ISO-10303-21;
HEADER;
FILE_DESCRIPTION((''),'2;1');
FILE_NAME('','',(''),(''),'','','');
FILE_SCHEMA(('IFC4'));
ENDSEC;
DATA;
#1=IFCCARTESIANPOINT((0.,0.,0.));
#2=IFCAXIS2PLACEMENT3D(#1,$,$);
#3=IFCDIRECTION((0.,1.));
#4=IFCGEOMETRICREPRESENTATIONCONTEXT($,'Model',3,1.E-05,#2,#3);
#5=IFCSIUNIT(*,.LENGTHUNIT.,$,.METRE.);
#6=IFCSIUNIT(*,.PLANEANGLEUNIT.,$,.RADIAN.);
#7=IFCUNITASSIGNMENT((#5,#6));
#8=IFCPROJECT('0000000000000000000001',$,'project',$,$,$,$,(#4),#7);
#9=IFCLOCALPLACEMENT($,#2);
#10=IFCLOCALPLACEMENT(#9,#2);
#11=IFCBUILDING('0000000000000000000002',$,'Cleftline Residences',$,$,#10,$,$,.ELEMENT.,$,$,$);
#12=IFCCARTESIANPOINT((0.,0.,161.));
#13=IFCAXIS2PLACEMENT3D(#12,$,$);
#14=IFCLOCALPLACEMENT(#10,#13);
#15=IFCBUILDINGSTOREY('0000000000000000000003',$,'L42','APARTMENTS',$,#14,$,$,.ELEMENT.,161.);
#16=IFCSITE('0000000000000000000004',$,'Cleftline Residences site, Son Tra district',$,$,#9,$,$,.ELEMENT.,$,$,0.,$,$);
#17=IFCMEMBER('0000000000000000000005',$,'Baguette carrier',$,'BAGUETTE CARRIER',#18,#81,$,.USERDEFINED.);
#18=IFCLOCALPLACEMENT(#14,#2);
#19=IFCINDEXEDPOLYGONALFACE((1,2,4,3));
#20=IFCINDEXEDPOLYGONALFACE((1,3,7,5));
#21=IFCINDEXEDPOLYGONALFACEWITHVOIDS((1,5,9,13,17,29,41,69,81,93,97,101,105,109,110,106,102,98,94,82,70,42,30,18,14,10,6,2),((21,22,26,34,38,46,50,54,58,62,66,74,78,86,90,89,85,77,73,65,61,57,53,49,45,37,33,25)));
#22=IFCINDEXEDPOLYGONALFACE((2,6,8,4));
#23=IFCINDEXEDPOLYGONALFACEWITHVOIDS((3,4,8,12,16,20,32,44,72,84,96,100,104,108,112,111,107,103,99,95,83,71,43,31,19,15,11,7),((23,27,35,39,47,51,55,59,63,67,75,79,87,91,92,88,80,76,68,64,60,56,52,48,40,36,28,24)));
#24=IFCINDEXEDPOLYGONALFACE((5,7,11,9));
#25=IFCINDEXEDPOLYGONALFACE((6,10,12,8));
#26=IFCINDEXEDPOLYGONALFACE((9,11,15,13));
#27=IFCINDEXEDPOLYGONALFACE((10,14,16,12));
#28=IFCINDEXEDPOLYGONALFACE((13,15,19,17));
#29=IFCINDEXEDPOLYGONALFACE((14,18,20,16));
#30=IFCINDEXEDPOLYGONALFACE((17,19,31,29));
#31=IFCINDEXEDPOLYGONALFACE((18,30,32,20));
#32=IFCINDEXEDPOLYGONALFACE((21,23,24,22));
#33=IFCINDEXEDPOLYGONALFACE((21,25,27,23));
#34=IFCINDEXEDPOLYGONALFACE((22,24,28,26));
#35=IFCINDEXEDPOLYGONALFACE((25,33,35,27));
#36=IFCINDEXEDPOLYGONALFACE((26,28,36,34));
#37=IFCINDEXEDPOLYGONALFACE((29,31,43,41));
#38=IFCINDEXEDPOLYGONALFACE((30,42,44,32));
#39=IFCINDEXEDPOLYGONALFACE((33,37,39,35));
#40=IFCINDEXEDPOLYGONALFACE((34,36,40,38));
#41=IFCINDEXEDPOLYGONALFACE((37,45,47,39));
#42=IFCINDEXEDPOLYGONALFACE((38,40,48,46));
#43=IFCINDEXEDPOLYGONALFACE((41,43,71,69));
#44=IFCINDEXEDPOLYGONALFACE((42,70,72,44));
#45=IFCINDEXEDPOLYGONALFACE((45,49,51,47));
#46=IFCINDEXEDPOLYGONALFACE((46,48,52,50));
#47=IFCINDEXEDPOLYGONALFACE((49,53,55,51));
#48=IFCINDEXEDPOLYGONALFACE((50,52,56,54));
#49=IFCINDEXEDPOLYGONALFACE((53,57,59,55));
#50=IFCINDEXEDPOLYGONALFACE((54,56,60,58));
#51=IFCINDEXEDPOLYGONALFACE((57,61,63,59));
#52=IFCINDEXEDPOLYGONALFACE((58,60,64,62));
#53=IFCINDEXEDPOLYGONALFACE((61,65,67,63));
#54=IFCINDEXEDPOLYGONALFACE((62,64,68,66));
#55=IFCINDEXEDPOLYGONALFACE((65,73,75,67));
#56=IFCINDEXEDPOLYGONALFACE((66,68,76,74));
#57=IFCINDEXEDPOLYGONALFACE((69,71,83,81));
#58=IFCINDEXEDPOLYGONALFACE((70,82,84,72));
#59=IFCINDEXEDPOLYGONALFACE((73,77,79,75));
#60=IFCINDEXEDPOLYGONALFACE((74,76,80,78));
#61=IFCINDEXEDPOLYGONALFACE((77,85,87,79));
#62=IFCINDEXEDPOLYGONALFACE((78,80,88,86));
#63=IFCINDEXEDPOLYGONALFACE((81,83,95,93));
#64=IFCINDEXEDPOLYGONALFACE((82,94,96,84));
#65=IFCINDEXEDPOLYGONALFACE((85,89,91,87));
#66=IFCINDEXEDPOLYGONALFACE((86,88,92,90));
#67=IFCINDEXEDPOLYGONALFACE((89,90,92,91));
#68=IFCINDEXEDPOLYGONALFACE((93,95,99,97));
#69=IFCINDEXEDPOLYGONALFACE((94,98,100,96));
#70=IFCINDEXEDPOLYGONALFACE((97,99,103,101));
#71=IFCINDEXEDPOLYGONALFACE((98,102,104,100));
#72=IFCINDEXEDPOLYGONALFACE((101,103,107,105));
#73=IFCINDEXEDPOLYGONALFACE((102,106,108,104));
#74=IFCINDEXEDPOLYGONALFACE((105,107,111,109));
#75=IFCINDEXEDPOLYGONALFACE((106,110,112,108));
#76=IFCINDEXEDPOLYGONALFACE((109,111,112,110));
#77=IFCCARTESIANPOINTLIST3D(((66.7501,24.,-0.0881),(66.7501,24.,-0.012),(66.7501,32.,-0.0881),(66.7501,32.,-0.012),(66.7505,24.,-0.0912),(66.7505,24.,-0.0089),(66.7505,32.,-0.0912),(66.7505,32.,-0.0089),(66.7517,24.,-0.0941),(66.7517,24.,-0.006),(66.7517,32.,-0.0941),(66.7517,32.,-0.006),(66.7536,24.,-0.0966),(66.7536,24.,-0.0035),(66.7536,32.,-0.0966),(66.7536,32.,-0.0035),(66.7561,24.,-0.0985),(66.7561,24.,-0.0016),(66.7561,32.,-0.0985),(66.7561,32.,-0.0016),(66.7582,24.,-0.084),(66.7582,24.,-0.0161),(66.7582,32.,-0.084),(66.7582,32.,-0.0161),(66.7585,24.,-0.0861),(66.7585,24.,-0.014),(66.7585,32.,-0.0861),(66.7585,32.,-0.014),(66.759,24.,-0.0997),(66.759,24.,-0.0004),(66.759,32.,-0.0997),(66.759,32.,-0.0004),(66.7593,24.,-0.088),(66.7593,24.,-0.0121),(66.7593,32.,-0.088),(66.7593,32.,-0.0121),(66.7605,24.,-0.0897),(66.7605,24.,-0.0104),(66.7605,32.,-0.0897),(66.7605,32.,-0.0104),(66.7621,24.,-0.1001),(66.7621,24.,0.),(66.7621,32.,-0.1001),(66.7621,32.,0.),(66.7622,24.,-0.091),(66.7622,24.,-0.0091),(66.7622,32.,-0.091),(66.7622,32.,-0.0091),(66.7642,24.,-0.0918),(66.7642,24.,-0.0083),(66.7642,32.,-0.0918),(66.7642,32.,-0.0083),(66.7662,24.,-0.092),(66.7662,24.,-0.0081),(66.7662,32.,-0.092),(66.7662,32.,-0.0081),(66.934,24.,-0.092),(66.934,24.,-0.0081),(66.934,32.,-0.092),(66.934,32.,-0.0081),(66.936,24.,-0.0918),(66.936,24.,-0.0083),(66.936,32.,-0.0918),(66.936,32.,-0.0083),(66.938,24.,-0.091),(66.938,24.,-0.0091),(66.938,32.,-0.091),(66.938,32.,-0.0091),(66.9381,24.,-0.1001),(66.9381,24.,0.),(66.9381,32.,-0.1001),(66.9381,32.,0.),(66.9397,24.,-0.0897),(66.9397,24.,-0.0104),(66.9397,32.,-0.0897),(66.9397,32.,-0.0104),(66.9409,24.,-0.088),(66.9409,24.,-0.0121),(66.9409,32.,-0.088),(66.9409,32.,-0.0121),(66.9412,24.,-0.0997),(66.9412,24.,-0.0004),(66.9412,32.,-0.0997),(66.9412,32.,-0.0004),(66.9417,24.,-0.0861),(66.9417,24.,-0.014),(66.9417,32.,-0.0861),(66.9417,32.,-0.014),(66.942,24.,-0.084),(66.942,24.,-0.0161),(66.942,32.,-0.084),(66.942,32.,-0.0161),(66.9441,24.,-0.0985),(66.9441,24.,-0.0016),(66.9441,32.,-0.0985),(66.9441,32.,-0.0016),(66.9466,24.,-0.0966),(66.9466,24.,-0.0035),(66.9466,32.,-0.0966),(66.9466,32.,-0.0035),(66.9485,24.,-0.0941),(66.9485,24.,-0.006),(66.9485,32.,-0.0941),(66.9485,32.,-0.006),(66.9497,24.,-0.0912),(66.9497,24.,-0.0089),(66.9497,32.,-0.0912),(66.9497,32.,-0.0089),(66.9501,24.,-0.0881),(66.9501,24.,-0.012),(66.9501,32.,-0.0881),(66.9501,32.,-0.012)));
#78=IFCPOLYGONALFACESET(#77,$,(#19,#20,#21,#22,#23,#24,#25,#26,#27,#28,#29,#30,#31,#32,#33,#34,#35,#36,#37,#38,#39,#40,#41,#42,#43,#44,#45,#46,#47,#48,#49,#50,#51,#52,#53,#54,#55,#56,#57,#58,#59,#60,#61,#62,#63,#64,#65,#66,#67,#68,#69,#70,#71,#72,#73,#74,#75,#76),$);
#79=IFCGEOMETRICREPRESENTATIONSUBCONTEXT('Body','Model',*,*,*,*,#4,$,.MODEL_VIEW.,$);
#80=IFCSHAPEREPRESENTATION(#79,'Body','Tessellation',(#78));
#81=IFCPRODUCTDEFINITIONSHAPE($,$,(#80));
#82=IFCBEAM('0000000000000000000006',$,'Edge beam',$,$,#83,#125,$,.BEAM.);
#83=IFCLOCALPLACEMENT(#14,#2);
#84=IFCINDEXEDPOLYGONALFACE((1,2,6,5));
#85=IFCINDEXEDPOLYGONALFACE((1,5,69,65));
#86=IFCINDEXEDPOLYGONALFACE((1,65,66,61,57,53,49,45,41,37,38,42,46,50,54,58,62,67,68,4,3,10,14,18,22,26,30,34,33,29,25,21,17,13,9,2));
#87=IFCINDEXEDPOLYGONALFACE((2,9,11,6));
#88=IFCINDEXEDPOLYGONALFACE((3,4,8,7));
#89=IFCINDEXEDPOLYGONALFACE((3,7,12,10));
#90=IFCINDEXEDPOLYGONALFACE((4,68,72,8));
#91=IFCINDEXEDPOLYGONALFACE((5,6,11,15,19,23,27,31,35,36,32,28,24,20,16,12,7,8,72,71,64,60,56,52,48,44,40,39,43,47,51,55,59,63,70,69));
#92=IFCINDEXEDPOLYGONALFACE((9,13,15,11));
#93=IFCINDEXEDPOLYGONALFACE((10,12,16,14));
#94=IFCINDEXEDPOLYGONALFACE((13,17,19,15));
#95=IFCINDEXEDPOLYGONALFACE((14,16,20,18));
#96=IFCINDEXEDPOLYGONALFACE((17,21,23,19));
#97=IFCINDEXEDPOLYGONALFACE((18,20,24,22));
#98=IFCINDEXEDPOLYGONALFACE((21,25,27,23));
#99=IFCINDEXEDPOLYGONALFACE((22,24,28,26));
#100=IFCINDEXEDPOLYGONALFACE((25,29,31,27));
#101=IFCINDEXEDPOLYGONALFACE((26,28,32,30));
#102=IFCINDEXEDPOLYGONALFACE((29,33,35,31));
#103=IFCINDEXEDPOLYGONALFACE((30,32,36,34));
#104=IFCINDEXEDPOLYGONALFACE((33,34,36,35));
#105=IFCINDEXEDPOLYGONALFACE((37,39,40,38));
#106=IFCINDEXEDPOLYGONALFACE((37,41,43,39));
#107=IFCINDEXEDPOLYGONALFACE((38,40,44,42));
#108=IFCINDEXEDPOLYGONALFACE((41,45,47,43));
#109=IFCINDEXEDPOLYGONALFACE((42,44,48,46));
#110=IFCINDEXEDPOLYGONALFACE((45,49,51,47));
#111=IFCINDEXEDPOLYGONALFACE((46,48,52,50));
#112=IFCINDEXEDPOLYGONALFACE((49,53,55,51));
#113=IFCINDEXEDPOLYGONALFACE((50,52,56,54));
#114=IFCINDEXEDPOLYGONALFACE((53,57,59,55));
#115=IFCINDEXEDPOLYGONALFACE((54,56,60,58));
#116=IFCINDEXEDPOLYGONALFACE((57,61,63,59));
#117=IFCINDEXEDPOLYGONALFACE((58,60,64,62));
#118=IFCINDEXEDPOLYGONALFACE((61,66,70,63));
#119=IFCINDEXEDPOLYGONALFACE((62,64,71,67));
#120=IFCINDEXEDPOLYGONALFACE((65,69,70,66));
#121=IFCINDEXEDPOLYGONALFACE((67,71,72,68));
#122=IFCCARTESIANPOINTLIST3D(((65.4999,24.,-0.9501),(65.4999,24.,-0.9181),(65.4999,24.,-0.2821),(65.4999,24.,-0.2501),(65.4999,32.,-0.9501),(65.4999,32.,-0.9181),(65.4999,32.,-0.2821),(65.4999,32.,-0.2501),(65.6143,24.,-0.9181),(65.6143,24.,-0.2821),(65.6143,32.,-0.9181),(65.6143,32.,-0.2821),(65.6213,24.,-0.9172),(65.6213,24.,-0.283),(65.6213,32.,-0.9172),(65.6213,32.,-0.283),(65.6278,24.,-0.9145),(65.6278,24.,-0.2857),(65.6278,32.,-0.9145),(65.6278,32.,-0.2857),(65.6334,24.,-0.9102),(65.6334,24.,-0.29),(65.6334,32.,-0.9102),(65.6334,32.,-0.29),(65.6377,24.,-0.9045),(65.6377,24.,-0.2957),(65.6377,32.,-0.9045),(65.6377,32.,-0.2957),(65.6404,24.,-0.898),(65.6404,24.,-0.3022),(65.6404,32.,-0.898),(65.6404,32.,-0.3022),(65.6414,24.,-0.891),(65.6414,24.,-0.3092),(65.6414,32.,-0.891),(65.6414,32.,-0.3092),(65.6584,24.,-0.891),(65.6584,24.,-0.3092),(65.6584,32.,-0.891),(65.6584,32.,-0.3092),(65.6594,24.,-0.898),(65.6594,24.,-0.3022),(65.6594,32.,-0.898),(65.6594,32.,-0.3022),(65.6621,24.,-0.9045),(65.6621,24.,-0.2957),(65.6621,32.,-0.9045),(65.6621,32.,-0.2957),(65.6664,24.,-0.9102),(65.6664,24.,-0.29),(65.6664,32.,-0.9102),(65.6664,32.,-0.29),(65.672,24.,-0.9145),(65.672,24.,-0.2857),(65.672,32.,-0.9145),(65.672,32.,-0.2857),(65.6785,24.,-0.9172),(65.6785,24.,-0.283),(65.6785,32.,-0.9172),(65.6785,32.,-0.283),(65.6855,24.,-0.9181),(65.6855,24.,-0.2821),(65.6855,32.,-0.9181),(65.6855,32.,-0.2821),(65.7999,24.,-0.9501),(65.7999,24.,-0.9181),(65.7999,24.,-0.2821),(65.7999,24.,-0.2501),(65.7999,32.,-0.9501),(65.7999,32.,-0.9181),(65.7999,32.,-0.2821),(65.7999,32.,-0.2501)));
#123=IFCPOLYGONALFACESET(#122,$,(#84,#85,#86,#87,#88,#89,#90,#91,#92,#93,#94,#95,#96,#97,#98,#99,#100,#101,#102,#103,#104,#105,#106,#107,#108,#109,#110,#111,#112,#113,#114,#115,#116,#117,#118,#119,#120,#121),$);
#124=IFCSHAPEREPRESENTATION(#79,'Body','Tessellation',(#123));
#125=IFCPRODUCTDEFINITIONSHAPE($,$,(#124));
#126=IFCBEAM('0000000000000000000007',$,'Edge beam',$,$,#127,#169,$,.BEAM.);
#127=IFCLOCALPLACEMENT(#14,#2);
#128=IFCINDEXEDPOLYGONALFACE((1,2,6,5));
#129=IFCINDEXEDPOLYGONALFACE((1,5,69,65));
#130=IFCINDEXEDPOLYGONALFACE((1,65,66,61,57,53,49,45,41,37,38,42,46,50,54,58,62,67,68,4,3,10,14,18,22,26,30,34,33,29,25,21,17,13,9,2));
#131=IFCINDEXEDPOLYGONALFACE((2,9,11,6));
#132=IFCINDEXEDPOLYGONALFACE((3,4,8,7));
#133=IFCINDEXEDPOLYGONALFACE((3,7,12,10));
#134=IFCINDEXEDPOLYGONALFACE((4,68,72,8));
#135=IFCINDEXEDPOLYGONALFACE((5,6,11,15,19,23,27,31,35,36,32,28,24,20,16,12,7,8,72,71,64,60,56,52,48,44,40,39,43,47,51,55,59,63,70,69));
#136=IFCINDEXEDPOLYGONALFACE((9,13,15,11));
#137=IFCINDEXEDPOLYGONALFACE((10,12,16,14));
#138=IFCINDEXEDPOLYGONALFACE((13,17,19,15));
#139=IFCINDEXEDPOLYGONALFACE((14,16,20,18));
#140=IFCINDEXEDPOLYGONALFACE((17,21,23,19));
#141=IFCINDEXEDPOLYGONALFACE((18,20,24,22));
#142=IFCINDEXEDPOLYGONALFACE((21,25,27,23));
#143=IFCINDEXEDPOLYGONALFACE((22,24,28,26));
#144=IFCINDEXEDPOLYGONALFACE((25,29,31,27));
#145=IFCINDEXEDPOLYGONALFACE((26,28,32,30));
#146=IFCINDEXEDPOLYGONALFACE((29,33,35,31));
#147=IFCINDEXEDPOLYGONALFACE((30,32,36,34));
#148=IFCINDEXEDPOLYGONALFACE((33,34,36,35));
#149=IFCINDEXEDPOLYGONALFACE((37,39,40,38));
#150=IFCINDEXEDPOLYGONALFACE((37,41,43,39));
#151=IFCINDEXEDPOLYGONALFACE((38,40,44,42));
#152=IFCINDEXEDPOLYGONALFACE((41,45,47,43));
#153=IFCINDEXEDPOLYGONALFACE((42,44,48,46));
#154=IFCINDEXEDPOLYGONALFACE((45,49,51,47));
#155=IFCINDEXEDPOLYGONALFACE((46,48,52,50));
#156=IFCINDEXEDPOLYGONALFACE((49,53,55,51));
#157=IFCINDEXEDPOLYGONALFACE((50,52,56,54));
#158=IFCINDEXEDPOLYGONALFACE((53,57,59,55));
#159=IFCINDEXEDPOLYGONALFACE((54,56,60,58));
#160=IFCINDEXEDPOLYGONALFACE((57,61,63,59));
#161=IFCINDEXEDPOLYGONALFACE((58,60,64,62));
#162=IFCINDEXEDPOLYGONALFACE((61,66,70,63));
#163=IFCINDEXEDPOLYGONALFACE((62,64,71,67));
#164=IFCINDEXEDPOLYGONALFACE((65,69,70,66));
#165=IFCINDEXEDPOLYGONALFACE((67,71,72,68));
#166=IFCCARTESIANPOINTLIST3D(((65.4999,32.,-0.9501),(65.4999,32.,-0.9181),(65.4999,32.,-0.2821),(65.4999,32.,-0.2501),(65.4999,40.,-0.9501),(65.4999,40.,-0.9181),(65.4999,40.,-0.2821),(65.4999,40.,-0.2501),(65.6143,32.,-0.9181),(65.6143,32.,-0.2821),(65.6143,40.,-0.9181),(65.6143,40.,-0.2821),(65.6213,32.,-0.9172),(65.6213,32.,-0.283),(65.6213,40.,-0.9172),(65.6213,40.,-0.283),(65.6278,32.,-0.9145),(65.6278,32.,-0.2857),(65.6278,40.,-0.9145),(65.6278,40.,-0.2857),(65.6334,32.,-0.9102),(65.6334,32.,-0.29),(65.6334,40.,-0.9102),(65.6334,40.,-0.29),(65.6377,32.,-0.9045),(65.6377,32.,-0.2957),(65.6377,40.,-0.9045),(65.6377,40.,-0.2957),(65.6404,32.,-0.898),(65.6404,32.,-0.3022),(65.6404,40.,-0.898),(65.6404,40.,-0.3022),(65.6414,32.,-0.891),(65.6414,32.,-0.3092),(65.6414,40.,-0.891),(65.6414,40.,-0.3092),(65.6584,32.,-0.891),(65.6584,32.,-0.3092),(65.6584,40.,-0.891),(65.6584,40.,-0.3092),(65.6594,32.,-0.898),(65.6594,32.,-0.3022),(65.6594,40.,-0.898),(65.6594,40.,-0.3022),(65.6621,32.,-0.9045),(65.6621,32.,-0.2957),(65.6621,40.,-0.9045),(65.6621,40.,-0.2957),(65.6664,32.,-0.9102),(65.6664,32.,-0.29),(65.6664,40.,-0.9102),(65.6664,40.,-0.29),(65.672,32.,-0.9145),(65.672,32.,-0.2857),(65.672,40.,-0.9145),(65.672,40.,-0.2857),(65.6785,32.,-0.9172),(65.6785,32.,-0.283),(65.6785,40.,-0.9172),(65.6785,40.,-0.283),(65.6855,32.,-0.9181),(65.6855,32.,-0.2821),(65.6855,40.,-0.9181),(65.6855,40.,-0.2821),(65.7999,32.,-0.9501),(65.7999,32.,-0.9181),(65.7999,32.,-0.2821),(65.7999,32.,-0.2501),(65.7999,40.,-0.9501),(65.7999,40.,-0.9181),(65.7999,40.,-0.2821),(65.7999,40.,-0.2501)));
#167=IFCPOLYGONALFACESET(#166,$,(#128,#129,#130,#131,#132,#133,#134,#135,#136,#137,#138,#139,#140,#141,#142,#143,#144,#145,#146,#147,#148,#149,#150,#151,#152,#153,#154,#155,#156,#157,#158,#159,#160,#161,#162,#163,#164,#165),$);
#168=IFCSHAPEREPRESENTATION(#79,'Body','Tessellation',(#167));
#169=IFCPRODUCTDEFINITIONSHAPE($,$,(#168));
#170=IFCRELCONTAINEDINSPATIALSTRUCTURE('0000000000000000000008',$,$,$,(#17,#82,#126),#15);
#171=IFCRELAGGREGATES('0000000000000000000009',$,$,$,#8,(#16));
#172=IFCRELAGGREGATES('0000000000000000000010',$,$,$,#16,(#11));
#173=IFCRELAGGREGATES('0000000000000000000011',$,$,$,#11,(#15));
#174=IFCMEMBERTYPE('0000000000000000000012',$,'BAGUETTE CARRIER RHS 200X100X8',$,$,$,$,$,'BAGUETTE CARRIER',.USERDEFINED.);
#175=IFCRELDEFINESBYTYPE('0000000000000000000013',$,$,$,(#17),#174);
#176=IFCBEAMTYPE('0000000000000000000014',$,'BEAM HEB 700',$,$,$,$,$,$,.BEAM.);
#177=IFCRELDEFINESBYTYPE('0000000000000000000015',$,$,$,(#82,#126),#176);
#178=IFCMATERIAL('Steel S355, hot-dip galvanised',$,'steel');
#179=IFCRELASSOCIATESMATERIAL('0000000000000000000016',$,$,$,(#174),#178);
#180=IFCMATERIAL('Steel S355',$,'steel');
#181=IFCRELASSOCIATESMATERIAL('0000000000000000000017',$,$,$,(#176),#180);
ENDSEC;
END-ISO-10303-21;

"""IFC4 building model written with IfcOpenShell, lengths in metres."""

from ifc_helpers import new_model, si_unit, direction, frame, origin, origin_2d, place, context, subcontext, project, spatial, hollow_rectangle, i_section, extrude, material, material_profile, profile_set, type_object, element, save


model = new_model("IFC4")

# Units and contexts
model_context = context("Model", 3, precision=1e-05, world=origin(), true_north=direction((0.0, 1.0)))
body_context = subcontext(model_context, "Body", "Model", "MODEL_VIEW")
ifc_project = project(units=[si_unit("LENGTHUNIT", "METRE"), si_unit("PLANEANGLEUNIT", "RADIAN")], contexts=[model_context])

# Site, building, storey
site_placement = place(None, origin())
site = spatial("IfcSite", under=ifc_project, at=site_placement, Name="Cleftline Residences site, Son Tra district", CompositionType="ELEMENT", RefElevation=0.0)
building_placement = place(site_placement, origin())
building = spatial("IfcBuilding", under=site, at=building_placement, Name="Cleftline Residences", CompositionType="ELEMENT")
storey_placement = place(building_placement, frame((0.0, 0.0, 161.0)))
storey = spatial("IfcBuildingStorey", under=building, at=storey_placement, Name="L42", Description="APARTMENTS", CompositionType="ELEMENT", Elevation=161.0)

# Member
ifc_material_1 = material(Name="Steel S355, hot-dip galvanised", Category="steel")
ifc_material_profile_1 = material_profile(ifc_material_1, hollow_rectangle(XDim=0.1001, YDim=0.2, WallThickness=0.0081, InnerFilletRadius=0.0081, OuterFilletRadius=0.012, at=origin_2d()))
ifc_profile_set_1 = profile_set([ifc_material_profile_1], Name="Steel S355, hot-dip galvanised")
member_type_1 = type_object("IfcMemberType", Name="BAGUETTE CARRIER RHS 200X100X8", ElementType="BAGUETTE CARRIER", PredefinedType="USERDEFINED", material=ifc_profile_set_1)
member_placement = place(storey_placement, frame((66.8501, 24.0, -0.05), z_axis=(0.0, 1.0, 0.0), x_axis=(0.0, 0.0, 1.0)))
element("IfcMember", 1, at=member_placement, inside=storey, type_object=member_type_1, Name="Baguette carrier", ObjectType="BAGUETTE CARRIER", PredefinedType="USERDEFINED", context=body_context, shape_type="SweptSolid", body=[
    extrude(hollow_rectangle(XDim=0.1001, YDim=0.2, WallThickness=0.0081, InnerFilletRadius=0.0081, OuterFilletRadius=0.012, at=origin_2d()), origin(), (0.0, 0.0, 1.0), 8.0),
])

# Beams
ifc_material_2 = material(Name="Steel S355", Category="steel")
ifc_material_profile_2 = material_profile(ifc_material_2, i_section(OverallWidth=0.3, OverallDepth=0.7, WebThickness=0.0171, FlangeThickness=0.032, FilletRadius=0.0271, at=origin_2d()))
ifc_profile_set_2 = profile_set([ifc_material_profile_2], Name="Steel S355")
beam_type_1 = type_object("IfcBeamType", Name="BEAM HEB 700", PredefinedType="BEAM", material=ifc_profile_set_2)
for number, where, z_axis, x_axis, name in (
    (2, (65.6499, 24.0, -0.6001), (0.0, 1.0, 0.0), (-1.0, 0.0, 0.0), "Edge beam"),
    (3, (65.6499, 32.0, -0.6001), (0.0, 1.0, 0.0), (-1.0, 0.0, 0.0), "Edge beam"),
):
    element("IfcBeam", number, at=place(storey_placement, frame(where, z_axis=z_axis, x_axis=x_axis)), inside=storey, type_object=beam_type_1, Name=name, PredefinedType="BEAM", context=body_context, shape_type="SweptSolid", body=[
        extrude(i_section(OverallWidth=0.3, OverallDepth=0.7, WebThickness=0.0171, FlangeThickness=0.032, FilletRadius=0.0271, at=origin_2d()), origin(), (0.0, 0.0, 1.0), 8.0),
    ])

save(model, "model.ifc")
